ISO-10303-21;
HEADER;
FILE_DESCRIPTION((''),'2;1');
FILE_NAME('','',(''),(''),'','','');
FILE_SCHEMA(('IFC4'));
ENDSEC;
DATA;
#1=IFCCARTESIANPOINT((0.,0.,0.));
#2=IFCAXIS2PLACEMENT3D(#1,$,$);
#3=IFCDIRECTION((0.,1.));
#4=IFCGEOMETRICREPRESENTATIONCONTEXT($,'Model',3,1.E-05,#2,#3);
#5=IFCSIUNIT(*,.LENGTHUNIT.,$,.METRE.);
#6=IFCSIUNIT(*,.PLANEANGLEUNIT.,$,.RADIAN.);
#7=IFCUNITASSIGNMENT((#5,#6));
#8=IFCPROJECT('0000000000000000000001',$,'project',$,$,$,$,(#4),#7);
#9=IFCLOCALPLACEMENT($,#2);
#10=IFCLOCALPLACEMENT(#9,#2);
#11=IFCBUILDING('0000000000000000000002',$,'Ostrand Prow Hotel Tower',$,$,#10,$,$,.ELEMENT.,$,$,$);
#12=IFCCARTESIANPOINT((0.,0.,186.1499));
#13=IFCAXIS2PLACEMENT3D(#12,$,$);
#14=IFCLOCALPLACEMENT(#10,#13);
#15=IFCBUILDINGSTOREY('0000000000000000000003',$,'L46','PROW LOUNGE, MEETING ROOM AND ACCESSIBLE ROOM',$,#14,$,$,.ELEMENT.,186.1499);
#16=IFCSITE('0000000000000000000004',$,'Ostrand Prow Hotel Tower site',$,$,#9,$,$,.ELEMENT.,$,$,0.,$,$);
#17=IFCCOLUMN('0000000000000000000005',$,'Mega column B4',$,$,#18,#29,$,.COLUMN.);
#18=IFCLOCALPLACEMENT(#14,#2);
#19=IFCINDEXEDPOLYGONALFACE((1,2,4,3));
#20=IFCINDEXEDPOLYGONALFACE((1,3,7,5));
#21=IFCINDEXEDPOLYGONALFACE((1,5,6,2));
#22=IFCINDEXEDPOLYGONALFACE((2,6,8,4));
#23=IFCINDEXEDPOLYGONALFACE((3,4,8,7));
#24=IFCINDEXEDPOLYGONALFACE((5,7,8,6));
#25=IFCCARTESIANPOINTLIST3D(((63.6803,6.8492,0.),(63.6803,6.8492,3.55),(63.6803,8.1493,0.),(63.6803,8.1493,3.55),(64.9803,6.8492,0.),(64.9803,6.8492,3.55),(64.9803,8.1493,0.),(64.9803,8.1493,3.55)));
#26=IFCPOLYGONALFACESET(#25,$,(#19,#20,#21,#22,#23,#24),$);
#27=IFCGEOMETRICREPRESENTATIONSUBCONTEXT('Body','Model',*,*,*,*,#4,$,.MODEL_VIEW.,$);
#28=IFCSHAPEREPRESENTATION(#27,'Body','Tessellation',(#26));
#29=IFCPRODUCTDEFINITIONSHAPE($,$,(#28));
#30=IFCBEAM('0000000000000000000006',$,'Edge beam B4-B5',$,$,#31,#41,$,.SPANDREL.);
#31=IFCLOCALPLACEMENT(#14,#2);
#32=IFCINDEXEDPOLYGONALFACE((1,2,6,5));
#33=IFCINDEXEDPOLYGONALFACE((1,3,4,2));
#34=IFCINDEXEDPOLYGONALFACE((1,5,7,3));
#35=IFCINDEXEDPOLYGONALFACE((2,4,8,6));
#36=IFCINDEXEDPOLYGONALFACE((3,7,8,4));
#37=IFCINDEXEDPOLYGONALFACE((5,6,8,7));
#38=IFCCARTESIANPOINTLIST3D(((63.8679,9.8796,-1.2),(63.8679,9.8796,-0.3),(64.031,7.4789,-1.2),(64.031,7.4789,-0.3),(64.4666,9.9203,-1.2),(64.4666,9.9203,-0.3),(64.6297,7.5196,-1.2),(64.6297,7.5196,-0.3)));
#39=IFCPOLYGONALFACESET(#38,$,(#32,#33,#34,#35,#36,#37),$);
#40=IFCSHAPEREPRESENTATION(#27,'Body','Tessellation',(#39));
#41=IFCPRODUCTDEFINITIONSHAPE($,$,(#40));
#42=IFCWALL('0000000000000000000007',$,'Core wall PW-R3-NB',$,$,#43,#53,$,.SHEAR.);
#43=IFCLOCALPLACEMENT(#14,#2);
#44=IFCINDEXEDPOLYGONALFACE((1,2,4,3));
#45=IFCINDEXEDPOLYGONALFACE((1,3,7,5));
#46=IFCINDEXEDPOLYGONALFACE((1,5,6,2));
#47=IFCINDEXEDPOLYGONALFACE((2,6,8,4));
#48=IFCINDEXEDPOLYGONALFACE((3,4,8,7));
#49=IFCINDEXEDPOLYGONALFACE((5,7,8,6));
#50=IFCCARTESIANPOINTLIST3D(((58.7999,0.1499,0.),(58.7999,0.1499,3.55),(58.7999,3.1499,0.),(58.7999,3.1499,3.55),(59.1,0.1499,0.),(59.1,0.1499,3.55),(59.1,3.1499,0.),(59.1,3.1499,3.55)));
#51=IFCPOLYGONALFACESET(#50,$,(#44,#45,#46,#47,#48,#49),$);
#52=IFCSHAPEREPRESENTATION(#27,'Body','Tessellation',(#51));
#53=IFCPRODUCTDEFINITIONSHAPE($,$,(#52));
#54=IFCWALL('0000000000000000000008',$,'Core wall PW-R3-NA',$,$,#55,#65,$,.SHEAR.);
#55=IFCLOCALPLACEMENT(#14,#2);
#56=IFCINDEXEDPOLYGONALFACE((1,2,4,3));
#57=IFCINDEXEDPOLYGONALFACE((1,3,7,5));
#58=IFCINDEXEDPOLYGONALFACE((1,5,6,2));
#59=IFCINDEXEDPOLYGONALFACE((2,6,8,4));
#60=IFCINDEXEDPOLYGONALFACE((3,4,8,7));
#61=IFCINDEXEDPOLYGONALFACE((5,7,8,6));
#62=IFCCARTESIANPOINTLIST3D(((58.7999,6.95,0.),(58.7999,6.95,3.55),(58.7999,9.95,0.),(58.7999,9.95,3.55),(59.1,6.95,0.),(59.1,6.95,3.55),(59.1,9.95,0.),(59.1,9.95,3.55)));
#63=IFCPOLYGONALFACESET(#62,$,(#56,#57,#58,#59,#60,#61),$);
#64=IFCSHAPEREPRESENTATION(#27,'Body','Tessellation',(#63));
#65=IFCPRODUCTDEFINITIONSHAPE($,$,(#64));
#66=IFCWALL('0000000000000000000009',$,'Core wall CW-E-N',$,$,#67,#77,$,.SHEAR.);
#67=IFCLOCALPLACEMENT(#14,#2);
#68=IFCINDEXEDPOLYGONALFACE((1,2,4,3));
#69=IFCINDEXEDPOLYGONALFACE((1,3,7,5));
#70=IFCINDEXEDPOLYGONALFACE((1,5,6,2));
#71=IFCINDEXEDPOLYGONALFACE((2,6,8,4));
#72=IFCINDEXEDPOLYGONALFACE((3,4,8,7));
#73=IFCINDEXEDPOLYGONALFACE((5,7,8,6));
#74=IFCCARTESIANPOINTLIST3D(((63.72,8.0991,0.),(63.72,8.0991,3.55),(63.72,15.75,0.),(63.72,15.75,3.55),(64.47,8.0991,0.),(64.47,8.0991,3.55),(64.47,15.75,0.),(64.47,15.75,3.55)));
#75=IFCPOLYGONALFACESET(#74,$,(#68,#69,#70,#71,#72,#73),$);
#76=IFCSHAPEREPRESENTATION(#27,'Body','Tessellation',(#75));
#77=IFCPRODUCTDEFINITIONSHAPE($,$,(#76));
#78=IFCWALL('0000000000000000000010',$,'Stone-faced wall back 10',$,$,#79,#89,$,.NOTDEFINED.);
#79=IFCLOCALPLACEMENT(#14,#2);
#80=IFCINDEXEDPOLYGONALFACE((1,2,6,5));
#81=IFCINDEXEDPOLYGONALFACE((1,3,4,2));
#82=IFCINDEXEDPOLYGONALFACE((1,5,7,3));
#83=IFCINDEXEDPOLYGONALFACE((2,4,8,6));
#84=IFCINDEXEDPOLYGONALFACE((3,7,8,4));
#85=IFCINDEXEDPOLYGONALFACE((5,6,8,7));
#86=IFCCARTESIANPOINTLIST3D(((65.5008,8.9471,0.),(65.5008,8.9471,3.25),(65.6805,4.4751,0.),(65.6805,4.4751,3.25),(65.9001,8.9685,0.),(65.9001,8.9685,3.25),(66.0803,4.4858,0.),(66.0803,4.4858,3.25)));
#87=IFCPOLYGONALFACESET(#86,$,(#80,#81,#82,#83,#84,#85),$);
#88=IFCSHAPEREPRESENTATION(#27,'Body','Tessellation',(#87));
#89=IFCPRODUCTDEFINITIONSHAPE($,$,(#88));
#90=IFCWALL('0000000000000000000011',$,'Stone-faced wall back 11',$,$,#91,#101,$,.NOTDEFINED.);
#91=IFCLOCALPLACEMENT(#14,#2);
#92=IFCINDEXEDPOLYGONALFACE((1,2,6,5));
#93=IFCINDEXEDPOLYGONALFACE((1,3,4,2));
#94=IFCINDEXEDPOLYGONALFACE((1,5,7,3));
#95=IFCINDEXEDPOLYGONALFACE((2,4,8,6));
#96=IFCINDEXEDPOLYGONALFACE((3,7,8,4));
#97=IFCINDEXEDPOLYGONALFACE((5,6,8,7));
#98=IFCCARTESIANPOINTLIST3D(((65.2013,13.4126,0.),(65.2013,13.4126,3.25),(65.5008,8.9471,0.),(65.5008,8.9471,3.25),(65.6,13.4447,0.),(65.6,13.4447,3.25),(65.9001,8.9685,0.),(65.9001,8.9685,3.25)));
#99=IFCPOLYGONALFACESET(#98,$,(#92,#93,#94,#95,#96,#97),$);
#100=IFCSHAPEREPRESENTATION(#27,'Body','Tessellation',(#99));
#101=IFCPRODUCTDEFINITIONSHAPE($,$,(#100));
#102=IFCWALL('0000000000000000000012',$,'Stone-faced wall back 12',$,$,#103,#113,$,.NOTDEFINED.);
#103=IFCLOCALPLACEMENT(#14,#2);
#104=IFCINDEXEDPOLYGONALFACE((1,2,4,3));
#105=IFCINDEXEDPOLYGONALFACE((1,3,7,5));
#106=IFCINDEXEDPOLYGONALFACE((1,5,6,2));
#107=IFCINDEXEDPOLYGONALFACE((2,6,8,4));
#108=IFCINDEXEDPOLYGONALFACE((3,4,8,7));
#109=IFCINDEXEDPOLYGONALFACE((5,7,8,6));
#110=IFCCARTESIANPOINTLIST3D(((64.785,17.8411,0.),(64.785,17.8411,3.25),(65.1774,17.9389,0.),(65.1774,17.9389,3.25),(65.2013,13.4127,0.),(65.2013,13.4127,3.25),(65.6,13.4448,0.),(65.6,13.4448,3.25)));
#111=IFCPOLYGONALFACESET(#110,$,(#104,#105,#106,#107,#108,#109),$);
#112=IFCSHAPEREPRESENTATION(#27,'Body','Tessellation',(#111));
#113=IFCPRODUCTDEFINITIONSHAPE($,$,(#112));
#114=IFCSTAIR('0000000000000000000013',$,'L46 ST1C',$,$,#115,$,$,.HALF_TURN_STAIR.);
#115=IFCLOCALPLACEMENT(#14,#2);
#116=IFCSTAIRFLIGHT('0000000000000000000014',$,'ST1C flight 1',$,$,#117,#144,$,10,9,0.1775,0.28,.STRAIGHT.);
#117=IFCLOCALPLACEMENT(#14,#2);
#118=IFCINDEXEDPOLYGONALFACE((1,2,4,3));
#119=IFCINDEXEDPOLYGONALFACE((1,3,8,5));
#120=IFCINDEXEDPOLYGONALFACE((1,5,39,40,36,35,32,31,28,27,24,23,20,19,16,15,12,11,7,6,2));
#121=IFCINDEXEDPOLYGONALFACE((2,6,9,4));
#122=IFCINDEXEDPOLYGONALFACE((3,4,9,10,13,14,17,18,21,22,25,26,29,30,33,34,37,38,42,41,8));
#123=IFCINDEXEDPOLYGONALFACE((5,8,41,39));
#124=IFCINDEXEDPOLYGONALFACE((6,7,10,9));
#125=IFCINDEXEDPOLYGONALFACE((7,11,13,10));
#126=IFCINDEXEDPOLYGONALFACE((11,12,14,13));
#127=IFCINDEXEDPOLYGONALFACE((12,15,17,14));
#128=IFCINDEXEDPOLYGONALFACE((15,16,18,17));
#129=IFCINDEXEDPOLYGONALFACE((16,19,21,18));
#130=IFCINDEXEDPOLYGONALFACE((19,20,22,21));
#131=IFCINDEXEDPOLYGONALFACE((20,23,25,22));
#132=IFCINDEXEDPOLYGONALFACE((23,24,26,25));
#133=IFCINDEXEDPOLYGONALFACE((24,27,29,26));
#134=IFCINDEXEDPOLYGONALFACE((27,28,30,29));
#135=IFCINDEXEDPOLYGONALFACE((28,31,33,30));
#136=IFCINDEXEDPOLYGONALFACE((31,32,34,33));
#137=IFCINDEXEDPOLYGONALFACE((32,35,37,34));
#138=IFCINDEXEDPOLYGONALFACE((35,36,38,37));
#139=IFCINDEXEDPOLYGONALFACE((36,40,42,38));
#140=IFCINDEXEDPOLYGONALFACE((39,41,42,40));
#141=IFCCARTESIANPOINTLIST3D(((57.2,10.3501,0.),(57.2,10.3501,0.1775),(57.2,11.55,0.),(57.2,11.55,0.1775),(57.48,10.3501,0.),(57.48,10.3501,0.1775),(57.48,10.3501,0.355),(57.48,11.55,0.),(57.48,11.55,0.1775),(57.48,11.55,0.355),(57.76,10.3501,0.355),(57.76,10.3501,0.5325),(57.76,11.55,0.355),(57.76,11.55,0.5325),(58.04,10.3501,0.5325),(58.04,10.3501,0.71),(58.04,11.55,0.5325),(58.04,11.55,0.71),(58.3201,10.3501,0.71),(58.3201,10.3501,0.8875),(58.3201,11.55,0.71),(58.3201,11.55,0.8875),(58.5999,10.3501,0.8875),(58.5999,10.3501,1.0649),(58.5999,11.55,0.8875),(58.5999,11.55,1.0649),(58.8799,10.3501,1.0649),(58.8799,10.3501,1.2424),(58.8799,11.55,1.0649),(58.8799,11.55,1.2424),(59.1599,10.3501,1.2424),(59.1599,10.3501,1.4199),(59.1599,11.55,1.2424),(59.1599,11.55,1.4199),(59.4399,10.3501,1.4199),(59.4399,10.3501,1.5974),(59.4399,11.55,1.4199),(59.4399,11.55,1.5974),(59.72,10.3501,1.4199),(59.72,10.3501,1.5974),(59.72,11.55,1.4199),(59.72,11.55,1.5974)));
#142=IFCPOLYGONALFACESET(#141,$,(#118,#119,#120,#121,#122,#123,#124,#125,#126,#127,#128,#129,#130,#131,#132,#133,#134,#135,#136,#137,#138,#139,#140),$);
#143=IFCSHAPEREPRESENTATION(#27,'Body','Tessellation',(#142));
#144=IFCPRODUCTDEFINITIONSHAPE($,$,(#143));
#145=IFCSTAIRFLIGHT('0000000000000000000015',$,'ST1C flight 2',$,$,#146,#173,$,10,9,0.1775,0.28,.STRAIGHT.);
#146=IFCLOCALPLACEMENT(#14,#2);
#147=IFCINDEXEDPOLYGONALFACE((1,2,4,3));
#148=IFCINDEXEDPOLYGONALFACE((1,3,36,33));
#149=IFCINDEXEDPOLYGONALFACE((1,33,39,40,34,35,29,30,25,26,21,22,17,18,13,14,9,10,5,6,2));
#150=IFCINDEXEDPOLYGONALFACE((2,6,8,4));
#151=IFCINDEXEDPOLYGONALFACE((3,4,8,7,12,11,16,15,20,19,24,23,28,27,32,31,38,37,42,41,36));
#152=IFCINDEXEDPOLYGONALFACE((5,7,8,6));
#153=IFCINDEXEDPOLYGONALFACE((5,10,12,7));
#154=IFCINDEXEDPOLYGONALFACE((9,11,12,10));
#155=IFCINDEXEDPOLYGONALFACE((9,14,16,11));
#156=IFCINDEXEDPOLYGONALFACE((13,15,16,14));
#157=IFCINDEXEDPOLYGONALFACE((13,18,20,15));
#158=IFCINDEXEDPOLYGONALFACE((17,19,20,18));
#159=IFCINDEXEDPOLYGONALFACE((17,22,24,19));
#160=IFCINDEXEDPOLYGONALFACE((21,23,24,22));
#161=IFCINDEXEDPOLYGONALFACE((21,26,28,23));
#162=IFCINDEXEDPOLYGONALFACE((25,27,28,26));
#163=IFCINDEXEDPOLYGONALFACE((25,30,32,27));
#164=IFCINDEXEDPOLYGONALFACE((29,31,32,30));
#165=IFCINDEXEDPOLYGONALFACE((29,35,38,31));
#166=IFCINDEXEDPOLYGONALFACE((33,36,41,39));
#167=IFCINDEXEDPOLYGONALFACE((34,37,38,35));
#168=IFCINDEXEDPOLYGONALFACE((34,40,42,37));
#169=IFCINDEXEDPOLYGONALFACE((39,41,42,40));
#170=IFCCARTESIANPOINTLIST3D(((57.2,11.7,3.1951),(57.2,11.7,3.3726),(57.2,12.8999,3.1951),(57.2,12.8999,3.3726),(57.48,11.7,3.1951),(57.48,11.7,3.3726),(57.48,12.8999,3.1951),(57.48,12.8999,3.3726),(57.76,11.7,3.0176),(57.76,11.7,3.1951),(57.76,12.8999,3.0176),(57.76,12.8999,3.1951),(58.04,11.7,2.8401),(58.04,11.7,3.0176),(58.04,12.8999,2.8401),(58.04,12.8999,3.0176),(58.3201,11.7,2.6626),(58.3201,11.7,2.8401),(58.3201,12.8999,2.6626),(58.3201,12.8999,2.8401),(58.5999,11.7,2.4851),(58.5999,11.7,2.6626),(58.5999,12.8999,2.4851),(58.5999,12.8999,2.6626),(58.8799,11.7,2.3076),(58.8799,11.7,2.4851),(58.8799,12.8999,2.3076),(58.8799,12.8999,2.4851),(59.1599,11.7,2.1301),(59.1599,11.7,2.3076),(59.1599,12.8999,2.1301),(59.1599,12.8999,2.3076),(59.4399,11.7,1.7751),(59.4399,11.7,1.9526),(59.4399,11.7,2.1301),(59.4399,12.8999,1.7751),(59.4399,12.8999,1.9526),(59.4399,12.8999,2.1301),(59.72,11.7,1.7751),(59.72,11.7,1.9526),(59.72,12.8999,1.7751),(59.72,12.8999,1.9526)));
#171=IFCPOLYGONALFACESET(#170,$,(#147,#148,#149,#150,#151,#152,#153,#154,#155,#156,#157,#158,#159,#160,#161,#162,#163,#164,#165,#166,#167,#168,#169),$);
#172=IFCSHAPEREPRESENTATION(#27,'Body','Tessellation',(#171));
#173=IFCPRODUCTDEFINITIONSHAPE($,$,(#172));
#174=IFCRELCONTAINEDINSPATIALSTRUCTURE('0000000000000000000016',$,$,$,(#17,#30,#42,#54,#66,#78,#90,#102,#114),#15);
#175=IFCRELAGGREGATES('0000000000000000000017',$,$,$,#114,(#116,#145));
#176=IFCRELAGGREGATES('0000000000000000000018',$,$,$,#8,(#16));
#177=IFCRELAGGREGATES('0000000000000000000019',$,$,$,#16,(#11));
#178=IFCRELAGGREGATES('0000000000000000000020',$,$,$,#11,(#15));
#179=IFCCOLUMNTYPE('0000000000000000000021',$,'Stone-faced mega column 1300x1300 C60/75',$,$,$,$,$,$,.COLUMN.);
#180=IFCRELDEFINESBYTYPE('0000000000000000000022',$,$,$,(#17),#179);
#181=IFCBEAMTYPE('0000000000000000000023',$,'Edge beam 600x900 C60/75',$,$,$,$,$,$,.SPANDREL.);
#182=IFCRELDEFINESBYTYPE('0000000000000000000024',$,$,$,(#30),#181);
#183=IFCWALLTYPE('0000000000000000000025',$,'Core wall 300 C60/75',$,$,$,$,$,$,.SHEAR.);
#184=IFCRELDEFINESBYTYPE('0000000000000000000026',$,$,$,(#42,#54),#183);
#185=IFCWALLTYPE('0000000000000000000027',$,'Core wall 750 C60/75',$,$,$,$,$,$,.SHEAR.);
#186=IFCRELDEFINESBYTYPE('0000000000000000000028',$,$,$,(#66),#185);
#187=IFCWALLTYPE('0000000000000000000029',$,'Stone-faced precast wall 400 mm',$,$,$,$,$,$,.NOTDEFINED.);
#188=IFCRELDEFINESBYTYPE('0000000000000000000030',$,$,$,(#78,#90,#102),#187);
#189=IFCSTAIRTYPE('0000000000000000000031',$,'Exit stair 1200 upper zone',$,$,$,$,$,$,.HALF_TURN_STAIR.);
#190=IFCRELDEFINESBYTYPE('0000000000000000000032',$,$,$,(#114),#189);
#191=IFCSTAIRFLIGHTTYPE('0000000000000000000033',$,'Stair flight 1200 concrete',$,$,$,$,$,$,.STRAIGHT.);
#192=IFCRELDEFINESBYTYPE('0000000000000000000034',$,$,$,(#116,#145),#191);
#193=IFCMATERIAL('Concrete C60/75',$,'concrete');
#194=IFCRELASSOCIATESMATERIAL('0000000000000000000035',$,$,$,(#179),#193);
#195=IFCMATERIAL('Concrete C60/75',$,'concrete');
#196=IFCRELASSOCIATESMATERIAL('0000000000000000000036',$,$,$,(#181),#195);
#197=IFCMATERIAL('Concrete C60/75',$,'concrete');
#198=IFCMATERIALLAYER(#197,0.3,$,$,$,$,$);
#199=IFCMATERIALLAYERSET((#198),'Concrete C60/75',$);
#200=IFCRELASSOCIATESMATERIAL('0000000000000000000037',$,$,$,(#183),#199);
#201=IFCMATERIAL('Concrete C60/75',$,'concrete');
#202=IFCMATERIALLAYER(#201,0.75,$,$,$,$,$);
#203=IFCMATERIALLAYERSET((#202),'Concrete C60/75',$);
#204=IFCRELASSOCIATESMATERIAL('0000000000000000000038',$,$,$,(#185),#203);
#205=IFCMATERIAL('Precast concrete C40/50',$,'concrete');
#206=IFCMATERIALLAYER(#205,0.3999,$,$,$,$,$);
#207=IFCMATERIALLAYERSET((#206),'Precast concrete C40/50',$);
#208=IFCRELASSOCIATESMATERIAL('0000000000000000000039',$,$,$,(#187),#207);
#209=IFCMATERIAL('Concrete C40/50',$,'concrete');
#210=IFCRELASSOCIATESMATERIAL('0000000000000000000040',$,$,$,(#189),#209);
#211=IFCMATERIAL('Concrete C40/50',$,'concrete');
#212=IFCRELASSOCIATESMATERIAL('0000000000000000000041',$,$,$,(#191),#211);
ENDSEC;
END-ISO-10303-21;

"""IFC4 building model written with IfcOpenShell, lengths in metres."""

from ifc_helpers import new_model, si_unit, direction, frame, frame_2d, origin, origin_2d, place, context, subcontext, project, spatial, polyline, rectangle, outline, extrude, material, layer, layer_set, material_profile, profile_set, type_object, element, aggregate, save


model = new_model("IFC4")

# Units and contexts
model_context = context("Model", 3, precision=1e-05, world=origin(), true_north=direction((0.0, 1.0)))
body_context = subcontext(model_context, "Body", "Model", "MODEL_VIEW")
ifc_project = project(units=[si_unit("LENGTHUNIT", "METRE"), si_unit("PLANEANGLEUNIT", "RADIAN")], contexts=[model_context])

# Site, building, storey
site_placement = place(None, origin())
site = spatial("IfcSite", under=ifc_project, at=site_placement, Name="Ostrand Prow Hotel Tower site", CompositionType="ELEMENT", RefElevation=0.0)
building_placement = place(site_placement, origin())
building = spatial("IfcBuilding", under=site, at=building_placement, Name="Ostrand Prow Hotel Tower", CompositionType="ELEMENT")
storey_placement = place(building_placement, frame((0.0, 0.0, 186.1499)))
storey = spatial("IfcBuildingStorey", under=building, at=storey_placement, Name="L46", Description="PROW LOUNGE, MEETING ROOM AND ACCESSIBLE ROOM", CompositionType="ELEMENT", Elevation=186.1499)

# Column
ifc_material_1 = material(Name="Concrete C60/75", Category="concrete")
ifc_material_profile_1 = material_profile(ifc_material_1, rectangle(XDim=1.3, YDim=1.3, at=origin_2d()), Name="RC 1300x1300")
ifc_profile_set_1 = profile_set([ifc_material_profile_1], Name="Concrete C60/75")
column_type = type_object("IfcColumnType", Name="Stone-faced mega column 1300x1300 C60/75", PredefinedType="COLUMN", material=ifc_profile_set_1)
column_placement = place(storey_placement, frame((64.3303, 7.4993, 0.0), z_axis=(0.0, 0.0, 1.0), x_axis=(1.0, 0.0, 0.0)))
element("IfcColumn", 1, at=column_placement, inside=storey, type_object=column_type, Name="Mega column B4", PredefinedType="COLUMN", context=body_context, shape_type="SweptSolid", body=[
    extrude(rectangle(XDim=1.3, YDim=1.3, at=origin_2d()), origin(), (0.0, 0.0, 1.0), 3.55),
])

# Beam
ifc_material_2 = material(Name="Concrete C60/75", Category="concrete")
ifc_material_profile_2 = material_profile(ifc_material_2, rectangle(XDim=0.6001, YDim=0.8999, at=origin_2d()), Name="RC 600x900")
ifc_profile_set_2 = profile_set([ifc_material_profile_2], Name="Concrete C60/75")
beam_type = type_object("IfcBeamType", Name="Edge beam 600x900 C60/75", PredefinedType="SPANDREL", material=ifc_profile_set_2)
beam_placement = place(storey_placement, frame((64.3303, 7.4993, -0.75), z_axis=(-0.067778, 0.9977, 0.0), x_axis=(-0.9977, -0.067778, 0.0)))
element("IfcBeam", 2, at=beam_placement, inside=storey, type_object=beam_type, Name="Edge beam B4-B5", PredefinedType="SPANDREL", context=body_context, shape_type="SweptSolid", body=[
    extrude(rectangle(XDim=0.6001, YDim=0.8999, at=origin_2d()), origin(), (0.0, 0.0, 1.0), 2.4062),
])

# Walls
ifc_material_3 = material(Name="Concrete C60/75", Category="concrete")
ifc_layer_1 = layer(ifc_material_3, 0.3)
ifc_layer_set_1 = layer_set([ifc_layer_1], Name="Concrete C60/75")
wall_type_1 = type_object("IfcWallType", Name="Core wall 300 C60/75", PredefinedType="SHEAR", material=ifc_layer_set_1)
for number, where, z_axis, x_axis, name in (
    (3, (58.95, 0.1499, 0.0), (0.0, 0.0, 1.0), (0.0, 1.0, 0.0), "Core wall PW-R3-NB"),
    (4, (58.95, 6.95, 0.0), (0.0, 0.0, 1.0), (0.0, 1.0, 0.0), "Core wall PW-R3-NA"),
):
    element("IfcWall", number, at=place(storey_placement, frame(where, z_axis=z_axis, x_axis=x_axis)), inside=storey, type_object=wall_type_1, Name=name, PredefinedType="SHEAR", context=body_context, shape_type="SweptSolid", body=[
        extrude(rectangle(XDim=3.0, YDim=0.3, at=frame_2d((1.5, 0.0))), origin(), (0.0, 0.0, 1.0), 3.55),
    ])
ifc_material_4 = material(Name="Concrete C60/75", Category="concrete")
ifc_layer_2 = layer(ifc_material_4, 0.75)
ifc_layer_set_2 = layer_set([ifc_layer_2], Name="Concrete C60/75")
wall_type_2 = type_object("IfcWallType", Name="Core wall 750 C60/75", PredefinedType="SHEAR", material=ifc_layer_set_2)
wall_1_placement = place(storey_placement, frame((64.095, 8.0991, 0.0), z_axis=(0.0, 0.0, 1.0), x_axis=(0.0, 1.0, 0.0)))
element("IfcWall", 5, at=wall_1_placement, inside=storey, type_object=wall_type_2, Name="Core wall CW-E-N", PredefinedType="SHEAR", context=body_context, shape_type="SweptSolid", body=[
    extrude(rectangle(XDim=7.6509, YDim=0.75, at=frame_2d((3.8254, 0.0))), origin(), (0.0, 0.0, 1.0), 3.55),
])
ifc_material_5 = material(Name="Precast concrete C40/50", Category="concrete")
ifc_layer_3 = layer(ifc_material_5, 0.3999)
ifc_layer_set_3 = layer_set([ifc_layer_3], Name="Precast concrete C40/50")
wall_type_3 = type_object("IfcWallType", Name="Stone-faced precast wall 400 mm", PredefinedType="NOTDEFINED", material=ifc_layer_set_3)
for number, where, z_axis, x_axis, name in (
    (6, (65.8804, 4.4805, 0.0), (0.0, 0.0, 1.0), (-0.040155, 0.999193, 0.0), "Stone-faced wall back 10"),
    (7, (65.7004, 8.9578, 0.0), (0.0, 0.0, 1.0), (-0.066906, 0.997759, 0.0), "Stone-faced wall back 11"),
):
    element("IfcWall", number, at=place(storey_placement, frame(where, z_axis=z_axis, x_axis=x_axis)), inside=storey, type_object=wall_type_3, Name=name, PredefinedType="NOTDEFINED", context=body_context, shape_type="SweptSolid", body=[
        extrude(outline(polyline([(-0.0027, -0.2), (4.4836, -0.2), (4.4783, 0.2), (0.0027, 0.2), (-0.0027, -0.2)])), origin(), (0.0, 0.0, 1.0), 3.25),
    ])
wall_2_placement = place(storey_placement, frame((65.4006, 13.4287, 0.0), z_axis=(0.0, 0.0, 1.0), x_axis=(-0.093606, 0.995609, 0.0)))
element("IfcWall", 8, at=wall_2_placement, inside=storey, type_object=wall_type_3, Name="Stone-faced wall back 12", PredefinedType="NOTDEFINED", context=body_context, shape_type="SweptSolid", body=[
    extrude(outline(polyline([(-0.0027, -0.2), (4.5112, -0.2), (4.4507, 0.2), (0.0027, 0.2), (-0.0027, -0.2)])), origin(), (0.0, 0.0, 1.0), 3.25),
])

# Stair, stair flights
ifc_material_6 = material(Name="Concrete C40/50", Category="concrete")
stair_type = type_object("IfcStairType", Name="Exit stair 1200 upper zone", PredefinedType="HALF_TURN_STAIR", material=ifc_material_6)
stair_1_placement = place(storey_placement, origin())
stair_1 = element("IfcStair", 9, at=stair_1_placement, inside=storey, type_object=stair_type, Name="L46 ST1C", PredefinedType="HALF_TURN_STAIR")
ifc_material_7 = material(Name="Concrete C40/50", Category="concrete")
stair_flight_type = type_object("IfcStairFlightType", Name="Stair flight 1200 concrete", PredefinedType="STRAIGHT", material=ifc_material_7)
stair_flight_1_placement = place(storey_placement, frame((57.2, 10.95, 0.0), z_axis=(0.0, 0.0, 1.0), x_axis=(1.0, 0.0, 0.0)))
stair_flight_1 = element("IfcStairFlight", 10, at=stair_flight_1_placement, type_object=stair_flight_type, Name="ST1C flight 1", NumberOfRisers=10, NumberOfTreads=9, PredefinedType="STRAIGHT", RiserHeight=0.1775, TreadLength=0.28, context=body_context, shape_type="SweptSolid", body=[
    extrude(outline(polyline([(0.0, 0.0), (0.0, 0.1775), (0.28, 0.1775), (0.28, 0.355), (0.5601, 0.355), (0.5601, 0.5325), (0.8401, 0.5325), (0.8401, 0.71), (1.1201, 0.71), (1.1201, 0.8875), (1.3999, 0.8875), (1.3999, 1.0649), (1.6799, 1.0649), (1.6799, 1.2424), (1.96, 1.2424), (1.96, 1.4199), (2.24, 1.4199), (2.24, 1.5974), (2.52, 1.5974), (2.52, 1.7749), (2.52, 1.4199), (0.28, 0.0), (0.0, 0.0)])), frame((0.0, 0.6001, 0.0), z_axis=(0.0, -1.0, 0.0), x_axis=(1.0, 0.0, 0.0)), (0.0, 0.0, 1.0), 1.2),
])
stair_flight_2_placement = place(storey_placement, frame((59.72, 12.3, 1.7751), z_axis=(0.0, 0.0, 1.0), x_axis=(-1.0, 0.0, 0.0)))
stair_flight_2 = element("IfcStairFlight", 11, at=stair_flight_2_placement, type_object=stair_flight_type, Name="ST1C flight 2", NumberOfRisers=10, NumberOfTreads=9, PredefinedType="STRAIGHT", RiserHeight=0.1775, TreadLength=0.28, context=body_context, shape_type="SweptSolid", body=[
    extrude(outline(polyline([(0.0, 0.0), (0.0, 0.1775), (0.28, 0.1775), (0.28, 0.355), (0.5601, 0.355), (0.5601, 0.5325), (0.8401, 0.5325), (0.8401, 0.71), (1.1201, 0.71), (1.1201, 0.8875), (1.3999, 0.8875), (1.3999, 1.0649), (1.6799, 1.0649), (1.6799, 1.2424), (1.96, 1.2424), (1.96, 1.4199), (2.24, 1.4199), (2.24, 1.5974), (2.52, 1.5974), (2.52, 1.7749), (2.52, 1.4199), (0.28, 0.0), (0.0, 0.0)])), frame((0.0, 0.6001, 0.0), z_axis=(0.0, -1.0, 0.0), x_axis=(1.0, 0.0, 0.0)), (0.0, 0.0, 1.0), 1.2),
])
aggregate(stair_1, [stair_flight_1, stair_flight_2])

save(model, "model.ifc")
